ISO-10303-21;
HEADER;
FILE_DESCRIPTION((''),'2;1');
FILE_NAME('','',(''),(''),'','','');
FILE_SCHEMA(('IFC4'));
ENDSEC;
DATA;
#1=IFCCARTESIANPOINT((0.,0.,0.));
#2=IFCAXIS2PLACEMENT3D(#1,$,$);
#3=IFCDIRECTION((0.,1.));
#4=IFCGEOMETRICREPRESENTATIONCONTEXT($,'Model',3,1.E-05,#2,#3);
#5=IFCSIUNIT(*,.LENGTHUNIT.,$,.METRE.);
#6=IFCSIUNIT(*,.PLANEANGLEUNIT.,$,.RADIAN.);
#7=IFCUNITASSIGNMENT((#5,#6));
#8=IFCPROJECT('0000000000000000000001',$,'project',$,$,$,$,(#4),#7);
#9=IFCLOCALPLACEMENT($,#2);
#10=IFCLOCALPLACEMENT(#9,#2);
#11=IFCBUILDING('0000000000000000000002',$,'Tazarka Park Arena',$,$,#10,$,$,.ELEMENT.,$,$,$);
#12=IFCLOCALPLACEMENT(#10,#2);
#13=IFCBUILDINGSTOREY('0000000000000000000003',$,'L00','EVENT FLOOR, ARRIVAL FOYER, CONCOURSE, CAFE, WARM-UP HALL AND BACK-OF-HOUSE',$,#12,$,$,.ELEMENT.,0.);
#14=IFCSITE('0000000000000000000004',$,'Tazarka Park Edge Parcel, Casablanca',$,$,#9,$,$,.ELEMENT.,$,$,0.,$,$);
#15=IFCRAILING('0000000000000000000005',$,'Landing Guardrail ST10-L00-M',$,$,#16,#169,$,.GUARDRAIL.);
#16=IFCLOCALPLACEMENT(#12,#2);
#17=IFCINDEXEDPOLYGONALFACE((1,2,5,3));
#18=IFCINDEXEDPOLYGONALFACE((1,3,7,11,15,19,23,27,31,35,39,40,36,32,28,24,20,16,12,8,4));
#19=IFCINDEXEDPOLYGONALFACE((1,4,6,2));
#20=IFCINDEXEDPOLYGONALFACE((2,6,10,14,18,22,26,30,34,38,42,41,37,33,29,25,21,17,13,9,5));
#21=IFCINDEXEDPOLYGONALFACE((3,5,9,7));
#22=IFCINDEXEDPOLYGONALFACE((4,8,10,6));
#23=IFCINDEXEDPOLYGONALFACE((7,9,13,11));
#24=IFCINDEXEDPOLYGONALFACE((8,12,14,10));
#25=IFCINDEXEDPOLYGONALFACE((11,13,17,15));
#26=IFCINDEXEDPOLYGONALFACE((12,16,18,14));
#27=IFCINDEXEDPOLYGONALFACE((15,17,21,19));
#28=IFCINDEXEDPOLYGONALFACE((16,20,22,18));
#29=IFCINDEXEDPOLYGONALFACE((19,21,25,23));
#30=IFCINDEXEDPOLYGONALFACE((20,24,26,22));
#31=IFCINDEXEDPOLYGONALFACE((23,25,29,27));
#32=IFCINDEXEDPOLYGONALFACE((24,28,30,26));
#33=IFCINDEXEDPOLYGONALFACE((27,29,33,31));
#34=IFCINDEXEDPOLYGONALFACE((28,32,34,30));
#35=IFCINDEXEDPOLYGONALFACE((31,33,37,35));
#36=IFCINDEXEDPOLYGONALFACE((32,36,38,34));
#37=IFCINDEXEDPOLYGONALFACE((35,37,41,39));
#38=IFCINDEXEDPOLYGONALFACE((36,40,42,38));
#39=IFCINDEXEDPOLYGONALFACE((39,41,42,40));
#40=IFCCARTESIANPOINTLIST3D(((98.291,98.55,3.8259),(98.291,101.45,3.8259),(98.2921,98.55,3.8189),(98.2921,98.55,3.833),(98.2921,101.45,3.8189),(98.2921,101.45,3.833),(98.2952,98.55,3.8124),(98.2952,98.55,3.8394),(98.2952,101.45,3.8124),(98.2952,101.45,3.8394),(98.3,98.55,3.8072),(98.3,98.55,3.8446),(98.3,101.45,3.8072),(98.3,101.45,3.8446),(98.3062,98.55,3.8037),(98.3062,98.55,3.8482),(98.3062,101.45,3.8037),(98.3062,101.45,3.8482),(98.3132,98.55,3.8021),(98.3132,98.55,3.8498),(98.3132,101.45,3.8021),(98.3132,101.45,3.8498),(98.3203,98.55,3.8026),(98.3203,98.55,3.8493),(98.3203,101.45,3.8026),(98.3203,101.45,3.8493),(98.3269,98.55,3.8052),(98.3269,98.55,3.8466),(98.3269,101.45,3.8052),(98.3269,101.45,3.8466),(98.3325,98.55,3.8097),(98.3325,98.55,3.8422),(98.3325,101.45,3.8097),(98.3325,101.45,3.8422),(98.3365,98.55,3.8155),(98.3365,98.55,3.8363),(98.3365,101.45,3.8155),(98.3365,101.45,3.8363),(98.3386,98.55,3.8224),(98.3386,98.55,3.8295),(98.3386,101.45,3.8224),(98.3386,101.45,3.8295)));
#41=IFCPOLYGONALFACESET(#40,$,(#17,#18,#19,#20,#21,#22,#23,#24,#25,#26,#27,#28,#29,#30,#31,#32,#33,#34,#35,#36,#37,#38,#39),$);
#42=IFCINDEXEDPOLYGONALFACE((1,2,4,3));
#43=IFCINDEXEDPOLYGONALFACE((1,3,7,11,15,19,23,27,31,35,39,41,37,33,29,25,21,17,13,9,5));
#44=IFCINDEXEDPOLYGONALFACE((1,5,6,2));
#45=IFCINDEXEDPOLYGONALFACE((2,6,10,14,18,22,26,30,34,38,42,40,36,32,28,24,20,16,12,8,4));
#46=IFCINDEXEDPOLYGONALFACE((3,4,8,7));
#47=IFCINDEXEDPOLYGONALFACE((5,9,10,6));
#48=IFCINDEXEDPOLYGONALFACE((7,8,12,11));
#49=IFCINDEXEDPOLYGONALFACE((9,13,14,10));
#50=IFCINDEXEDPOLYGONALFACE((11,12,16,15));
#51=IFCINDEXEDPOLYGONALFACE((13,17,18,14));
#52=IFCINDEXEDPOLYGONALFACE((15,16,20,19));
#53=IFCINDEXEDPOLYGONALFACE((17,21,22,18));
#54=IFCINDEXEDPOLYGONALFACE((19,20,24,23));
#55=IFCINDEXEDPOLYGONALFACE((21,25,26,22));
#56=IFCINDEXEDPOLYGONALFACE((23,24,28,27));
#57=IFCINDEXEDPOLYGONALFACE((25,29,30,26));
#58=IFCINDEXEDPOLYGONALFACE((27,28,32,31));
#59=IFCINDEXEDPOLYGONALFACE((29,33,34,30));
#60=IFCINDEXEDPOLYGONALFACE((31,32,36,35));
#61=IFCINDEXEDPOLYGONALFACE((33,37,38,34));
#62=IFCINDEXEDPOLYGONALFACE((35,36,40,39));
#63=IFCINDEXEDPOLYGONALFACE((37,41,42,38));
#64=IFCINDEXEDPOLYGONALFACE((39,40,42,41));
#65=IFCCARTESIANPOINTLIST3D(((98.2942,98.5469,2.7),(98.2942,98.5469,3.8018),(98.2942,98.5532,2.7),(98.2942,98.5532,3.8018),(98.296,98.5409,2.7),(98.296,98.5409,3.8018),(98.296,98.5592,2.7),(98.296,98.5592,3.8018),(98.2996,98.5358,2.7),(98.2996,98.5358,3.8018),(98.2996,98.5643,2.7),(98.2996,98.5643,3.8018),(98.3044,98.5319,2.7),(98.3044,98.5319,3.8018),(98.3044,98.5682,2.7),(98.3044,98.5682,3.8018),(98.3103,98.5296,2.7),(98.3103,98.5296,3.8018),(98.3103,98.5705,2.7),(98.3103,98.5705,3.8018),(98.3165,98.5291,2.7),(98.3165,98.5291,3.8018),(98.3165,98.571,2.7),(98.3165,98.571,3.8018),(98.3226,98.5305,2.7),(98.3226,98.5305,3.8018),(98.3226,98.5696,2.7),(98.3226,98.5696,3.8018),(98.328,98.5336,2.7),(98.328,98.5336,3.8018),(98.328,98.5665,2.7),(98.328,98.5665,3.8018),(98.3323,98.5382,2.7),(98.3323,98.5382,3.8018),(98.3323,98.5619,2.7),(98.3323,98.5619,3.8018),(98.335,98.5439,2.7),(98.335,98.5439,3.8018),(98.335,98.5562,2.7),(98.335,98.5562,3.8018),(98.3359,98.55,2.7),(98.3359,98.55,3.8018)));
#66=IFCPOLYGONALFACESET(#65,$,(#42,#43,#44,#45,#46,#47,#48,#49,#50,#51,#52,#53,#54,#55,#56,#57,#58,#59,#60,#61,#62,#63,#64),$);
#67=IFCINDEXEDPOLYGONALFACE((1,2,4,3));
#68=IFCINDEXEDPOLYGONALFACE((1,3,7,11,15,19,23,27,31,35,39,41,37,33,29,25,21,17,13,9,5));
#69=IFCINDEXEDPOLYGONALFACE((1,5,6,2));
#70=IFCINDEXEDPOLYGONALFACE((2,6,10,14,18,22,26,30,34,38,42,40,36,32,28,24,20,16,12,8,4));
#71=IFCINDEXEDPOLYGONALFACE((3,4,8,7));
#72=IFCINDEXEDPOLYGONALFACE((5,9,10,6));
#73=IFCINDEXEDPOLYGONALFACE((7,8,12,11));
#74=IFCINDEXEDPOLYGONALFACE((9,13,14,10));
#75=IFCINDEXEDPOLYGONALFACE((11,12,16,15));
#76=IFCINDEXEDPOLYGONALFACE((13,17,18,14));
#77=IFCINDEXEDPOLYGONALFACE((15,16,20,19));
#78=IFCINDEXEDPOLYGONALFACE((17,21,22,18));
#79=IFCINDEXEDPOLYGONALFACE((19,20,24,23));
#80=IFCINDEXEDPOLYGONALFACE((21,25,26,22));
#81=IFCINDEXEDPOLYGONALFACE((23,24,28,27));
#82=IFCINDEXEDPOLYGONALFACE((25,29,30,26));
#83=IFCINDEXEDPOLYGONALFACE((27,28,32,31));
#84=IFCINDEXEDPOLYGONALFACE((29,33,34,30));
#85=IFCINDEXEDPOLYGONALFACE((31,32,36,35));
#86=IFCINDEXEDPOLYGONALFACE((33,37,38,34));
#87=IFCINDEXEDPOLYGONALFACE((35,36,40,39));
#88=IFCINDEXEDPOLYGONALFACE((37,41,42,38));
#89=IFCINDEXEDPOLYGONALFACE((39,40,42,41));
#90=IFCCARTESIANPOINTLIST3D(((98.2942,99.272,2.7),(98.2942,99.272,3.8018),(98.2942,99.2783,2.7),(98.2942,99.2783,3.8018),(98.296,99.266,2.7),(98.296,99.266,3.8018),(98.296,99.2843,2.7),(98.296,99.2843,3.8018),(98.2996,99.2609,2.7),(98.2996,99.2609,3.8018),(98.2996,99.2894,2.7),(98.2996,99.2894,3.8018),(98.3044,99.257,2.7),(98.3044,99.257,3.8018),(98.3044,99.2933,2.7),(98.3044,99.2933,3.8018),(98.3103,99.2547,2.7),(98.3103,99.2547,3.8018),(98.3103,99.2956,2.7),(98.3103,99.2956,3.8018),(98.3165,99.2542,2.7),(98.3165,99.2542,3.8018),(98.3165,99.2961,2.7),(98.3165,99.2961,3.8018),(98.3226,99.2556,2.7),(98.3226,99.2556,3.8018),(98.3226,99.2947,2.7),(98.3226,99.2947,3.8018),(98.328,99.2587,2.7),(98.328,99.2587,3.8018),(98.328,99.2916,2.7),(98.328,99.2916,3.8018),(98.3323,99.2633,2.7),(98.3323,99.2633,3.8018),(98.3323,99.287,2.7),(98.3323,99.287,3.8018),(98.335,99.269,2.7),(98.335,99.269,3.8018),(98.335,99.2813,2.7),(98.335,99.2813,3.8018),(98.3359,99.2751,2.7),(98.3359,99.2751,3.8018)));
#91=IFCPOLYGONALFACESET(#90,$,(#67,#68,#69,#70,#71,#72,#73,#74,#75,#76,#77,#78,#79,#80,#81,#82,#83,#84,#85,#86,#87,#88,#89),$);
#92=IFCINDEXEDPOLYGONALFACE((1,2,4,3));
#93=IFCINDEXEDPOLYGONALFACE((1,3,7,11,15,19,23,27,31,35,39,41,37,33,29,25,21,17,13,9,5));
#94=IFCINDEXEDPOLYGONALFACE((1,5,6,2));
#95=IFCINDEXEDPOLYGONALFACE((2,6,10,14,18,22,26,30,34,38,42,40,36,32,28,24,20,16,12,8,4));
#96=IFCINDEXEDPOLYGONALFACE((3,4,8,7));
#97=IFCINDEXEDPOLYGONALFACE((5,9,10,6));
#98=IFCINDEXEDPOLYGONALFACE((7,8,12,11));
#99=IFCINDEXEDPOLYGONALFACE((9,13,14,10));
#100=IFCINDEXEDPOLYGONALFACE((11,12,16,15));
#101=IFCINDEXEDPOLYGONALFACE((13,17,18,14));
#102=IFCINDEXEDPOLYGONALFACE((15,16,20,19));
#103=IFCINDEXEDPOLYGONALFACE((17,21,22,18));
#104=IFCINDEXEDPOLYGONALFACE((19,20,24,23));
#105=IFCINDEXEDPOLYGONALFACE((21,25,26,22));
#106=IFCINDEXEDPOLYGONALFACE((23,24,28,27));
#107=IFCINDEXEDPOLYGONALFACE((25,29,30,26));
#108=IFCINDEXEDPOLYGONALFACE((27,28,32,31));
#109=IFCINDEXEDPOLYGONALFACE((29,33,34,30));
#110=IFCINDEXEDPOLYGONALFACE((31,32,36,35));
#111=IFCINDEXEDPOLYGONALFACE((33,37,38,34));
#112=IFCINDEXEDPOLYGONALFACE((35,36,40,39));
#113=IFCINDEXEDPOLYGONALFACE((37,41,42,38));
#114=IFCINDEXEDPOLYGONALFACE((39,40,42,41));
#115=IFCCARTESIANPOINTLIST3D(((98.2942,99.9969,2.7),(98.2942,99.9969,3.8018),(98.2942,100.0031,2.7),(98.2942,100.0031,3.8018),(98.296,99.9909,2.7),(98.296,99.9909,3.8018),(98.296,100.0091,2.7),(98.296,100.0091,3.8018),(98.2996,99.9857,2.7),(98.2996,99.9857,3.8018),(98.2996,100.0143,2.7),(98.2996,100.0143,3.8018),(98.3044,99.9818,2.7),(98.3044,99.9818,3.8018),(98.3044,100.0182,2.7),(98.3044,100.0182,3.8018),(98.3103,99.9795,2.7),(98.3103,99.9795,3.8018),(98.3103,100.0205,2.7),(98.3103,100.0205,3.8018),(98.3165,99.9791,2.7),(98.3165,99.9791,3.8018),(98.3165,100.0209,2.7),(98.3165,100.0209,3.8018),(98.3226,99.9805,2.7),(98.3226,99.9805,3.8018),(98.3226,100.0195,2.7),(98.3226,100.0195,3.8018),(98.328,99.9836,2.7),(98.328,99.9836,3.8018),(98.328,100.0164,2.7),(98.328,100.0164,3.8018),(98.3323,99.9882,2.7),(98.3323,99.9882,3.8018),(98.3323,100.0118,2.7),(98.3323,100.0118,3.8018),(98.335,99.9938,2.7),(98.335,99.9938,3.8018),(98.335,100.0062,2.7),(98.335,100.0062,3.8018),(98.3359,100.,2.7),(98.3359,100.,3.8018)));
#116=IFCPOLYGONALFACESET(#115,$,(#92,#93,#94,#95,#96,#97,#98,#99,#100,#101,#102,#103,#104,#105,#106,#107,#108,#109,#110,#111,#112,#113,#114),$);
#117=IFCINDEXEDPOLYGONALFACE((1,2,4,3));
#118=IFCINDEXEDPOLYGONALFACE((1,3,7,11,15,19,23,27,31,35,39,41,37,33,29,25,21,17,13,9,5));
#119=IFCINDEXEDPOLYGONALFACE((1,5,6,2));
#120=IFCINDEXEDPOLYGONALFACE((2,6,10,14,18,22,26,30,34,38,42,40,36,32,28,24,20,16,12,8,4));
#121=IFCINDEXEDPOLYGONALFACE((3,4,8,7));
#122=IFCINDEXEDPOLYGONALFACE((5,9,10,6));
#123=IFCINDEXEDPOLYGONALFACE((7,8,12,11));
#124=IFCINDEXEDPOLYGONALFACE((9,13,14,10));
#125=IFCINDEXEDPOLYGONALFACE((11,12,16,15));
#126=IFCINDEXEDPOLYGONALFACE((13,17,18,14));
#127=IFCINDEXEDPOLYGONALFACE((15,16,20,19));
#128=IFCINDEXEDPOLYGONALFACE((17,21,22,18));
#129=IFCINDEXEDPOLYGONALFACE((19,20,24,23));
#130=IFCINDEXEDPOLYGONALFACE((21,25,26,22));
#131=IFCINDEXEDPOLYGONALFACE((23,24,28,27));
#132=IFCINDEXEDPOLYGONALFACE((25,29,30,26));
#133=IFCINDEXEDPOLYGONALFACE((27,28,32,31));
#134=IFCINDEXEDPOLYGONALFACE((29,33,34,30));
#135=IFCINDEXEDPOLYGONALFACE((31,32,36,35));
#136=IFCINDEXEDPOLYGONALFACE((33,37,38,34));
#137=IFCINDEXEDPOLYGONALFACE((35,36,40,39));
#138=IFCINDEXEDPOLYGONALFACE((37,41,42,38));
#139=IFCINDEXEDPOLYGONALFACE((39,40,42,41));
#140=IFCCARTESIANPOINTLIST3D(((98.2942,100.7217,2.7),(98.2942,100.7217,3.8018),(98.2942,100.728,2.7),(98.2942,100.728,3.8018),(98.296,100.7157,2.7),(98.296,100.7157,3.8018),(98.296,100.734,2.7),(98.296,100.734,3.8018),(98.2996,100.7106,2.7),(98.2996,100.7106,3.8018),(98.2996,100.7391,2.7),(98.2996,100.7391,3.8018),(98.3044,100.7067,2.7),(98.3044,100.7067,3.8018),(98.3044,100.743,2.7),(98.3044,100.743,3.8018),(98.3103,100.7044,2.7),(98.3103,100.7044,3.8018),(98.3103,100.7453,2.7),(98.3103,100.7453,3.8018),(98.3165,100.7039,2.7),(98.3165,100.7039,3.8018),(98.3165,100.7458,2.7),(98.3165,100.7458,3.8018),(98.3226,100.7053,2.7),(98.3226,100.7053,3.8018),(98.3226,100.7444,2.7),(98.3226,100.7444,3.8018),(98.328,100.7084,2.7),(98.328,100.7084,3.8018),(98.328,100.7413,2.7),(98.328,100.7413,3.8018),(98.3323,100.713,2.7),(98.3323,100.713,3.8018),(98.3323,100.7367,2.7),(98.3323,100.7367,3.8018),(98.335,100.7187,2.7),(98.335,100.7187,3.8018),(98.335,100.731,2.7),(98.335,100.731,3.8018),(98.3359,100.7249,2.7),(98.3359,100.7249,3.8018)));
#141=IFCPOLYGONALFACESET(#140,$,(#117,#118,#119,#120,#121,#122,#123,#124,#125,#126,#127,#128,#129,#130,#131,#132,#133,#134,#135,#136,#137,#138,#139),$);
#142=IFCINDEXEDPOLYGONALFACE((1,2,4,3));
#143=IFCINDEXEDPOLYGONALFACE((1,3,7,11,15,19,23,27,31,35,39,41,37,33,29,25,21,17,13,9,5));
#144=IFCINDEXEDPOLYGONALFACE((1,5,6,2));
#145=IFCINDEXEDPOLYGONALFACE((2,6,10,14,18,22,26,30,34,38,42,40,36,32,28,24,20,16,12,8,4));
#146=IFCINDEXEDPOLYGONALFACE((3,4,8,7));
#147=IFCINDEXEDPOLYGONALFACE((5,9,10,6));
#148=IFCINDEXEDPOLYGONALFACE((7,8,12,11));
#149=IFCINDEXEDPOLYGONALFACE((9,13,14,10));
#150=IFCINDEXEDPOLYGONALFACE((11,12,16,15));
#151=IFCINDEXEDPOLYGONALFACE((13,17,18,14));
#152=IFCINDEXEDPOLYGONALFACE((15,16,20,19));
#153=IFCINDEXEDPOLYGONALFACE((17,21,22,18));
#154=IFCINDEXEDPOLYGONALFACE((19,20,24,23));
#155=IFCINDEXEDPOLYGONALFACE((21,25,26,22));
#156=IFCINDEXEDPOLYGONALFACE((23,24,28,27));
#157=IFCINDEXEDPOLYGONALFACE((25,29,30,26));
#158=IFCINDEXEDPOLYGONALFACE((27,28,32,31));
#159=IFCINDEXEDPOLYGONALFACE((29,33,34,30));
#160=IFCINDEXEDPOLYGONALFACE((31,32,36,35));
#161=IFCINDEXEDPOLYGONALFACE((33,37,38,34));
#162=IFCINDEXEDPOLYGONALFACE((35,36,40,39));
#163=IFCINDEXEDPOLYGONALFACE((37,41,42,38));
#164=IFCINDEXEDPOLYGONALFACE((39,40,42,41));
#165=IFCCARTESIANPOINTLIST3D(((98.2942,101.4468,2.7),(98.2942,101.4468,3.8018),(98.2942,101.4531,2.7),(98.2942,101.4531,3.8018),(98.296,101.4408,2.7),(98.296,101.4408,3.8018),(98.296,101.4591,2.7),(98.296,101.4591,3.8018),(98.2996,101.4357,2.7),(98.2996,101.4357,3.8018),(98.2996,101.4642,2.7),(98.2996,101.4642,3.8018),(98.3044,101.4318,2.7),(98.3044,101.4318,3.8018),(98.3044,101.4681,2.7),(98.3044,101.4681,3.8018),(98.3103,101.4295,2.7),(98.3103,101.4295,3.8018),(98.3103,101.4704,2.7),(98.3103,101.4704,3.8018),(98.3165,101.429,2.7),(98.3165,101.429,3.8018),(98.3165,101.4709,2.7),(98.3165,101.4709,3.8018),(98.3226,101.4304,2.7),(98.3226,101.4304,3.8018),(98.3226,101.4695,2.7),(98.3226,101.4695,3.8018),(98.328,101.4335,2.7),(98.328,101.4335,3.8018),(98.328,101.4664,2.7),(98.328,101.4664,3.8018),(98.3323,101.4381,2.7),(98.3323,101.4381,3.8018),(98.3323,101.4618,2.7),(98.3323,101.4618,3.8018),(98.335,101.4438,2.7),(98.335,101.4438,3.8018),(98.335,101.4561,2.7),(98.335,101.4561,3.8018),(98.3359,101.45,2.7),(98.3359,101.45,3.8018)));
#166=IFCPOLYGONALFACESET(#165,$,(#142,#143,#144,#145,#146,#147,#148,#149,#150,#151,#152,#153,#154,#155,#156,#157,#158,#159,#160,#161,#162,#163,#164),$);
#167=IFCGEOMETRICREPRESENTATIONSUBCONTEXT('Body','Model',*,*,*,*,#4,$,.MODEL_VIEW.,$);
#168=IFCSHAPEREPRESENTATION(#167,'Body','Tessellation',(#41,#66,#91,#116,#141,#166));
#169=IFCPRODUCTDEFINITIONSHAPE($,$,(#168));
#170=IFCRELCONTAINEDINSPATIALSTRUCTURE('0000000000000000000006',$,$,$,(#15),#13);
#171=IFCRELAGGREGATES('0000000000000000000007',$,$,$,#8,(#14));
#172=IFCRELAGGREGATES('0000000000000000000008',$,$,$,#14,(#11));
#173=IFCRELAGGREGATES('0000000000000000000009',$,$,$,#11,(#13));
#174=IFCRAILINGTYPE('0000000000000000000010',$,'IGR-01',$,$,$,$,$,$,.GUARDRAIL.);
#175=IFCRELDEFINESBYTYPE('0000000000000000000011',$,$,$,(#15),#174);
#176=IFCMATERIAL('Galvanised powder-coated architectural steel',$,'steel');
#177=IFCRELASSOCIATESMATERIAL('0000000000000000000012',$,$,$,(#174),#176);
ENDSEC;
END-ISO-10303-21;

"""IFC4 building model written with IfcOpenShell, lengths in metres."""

from ifc_helpers import new_model, si_unit, direction, frame, origin, origin_2d, place, context, subcontext, project, spatial, circle, extrude, material, type_object, element, save


model = new_model("IFC4")

# Units and contexts
model_context = context("Model", 3, precision=1e-05, world=origin(), true_north=direction((0.0, 1.0)))
body_context = subcontext(model_context, "Body", "Model", "MODEL_VIEW")
ifc_project = project(units=[si_unit("LENGTHUNIT", "METRE"), si_unit("PLANEANGLEUNIT", "RADIAN")], contexts=[model_context])

# Site, building, storey
site_placement = place(None, origin())
site = spatial("IfcSite", under=ifc_project, at=site_placement, Name="Tazarka Park Edge Parcel, Casablanca", CompositionType="ELEMENT", RefElevation=0.0)
building_placement = place(site_placement, origin())
building = spatial("IfcBuilding", under=site, at=building_placement, Name="Tazarka Park Arena", CompositionType="ELEMENT")
storey_placement = place(building_placement, origin())
storey = spatial("IfcBuildingStorey", under=building, at=storey_placement, Name="L00", Description="EVENT FLOOR, ARRIVAL FOYER, CONCOURSE, CAFE, WARM-UP HALL AND BACK-OF-HOUSE", CompositionType="ELEMENT", Elevation=0.0)

# Railing
ifc_material_1 = material(Name="Galvanised powder-coated architectural steel", Category="steel")
railing_type_1 = type_object("IfcRailingType", Name="IGR-01", PredefinedType="GUARDRAIL", material=ifc_material_1)
for number, where, name in (
    (1, (98.3149, 98.55, 2.7), "Landing Guardrail ST10-L00-M"),
):
    element("IfcRailing", number, at=place(storey_placement, frame(where)), inside=storey, type_object=railing_type_1, Name=name, PredefinedType="GUARDRAIL", context=body_context, shape_type="SweptSolid", body=[
        extrude(circle(Radius=0.0239, at=origin_2d()), frame((0.0, 0.0, 1.126), z_axis=(0.0, 1.0, 0.0), x_axis=(-1.0, 0.0, 0.0)), (0.0, 0.0, 1.0), 2.8999),
        extrude(circle(Radius=0.021, at=origin_2d()), origin(), (0.0, 0.0, 1.0), 1.1018),
        extrude(circle(Radius=0.021, at=origin_2d()), frame((0.0, 0.7251, 0.0)), (0.0, 0.0, 1.0), 1.1018),
        extrude(circle(Radius=0.021, at=origin_2d()), frame((0.0, 1.45, 0.0)), (0.0, 0.0, 1.0), 1.1018),
        extrude(circle(Radius=0.021, at=origin_2d()), frame((0.0, 2.1748, 0.0)), (0.0, 0.0, 1.0), 1.1018),
        extrude(circle(Radius=0.021, at=origin_2d()), frame((0.0, 2.8999, 0.0)), (0.0, 0.0, 1.0), 1.1018),
    ])

save(model, "model.ifc")
